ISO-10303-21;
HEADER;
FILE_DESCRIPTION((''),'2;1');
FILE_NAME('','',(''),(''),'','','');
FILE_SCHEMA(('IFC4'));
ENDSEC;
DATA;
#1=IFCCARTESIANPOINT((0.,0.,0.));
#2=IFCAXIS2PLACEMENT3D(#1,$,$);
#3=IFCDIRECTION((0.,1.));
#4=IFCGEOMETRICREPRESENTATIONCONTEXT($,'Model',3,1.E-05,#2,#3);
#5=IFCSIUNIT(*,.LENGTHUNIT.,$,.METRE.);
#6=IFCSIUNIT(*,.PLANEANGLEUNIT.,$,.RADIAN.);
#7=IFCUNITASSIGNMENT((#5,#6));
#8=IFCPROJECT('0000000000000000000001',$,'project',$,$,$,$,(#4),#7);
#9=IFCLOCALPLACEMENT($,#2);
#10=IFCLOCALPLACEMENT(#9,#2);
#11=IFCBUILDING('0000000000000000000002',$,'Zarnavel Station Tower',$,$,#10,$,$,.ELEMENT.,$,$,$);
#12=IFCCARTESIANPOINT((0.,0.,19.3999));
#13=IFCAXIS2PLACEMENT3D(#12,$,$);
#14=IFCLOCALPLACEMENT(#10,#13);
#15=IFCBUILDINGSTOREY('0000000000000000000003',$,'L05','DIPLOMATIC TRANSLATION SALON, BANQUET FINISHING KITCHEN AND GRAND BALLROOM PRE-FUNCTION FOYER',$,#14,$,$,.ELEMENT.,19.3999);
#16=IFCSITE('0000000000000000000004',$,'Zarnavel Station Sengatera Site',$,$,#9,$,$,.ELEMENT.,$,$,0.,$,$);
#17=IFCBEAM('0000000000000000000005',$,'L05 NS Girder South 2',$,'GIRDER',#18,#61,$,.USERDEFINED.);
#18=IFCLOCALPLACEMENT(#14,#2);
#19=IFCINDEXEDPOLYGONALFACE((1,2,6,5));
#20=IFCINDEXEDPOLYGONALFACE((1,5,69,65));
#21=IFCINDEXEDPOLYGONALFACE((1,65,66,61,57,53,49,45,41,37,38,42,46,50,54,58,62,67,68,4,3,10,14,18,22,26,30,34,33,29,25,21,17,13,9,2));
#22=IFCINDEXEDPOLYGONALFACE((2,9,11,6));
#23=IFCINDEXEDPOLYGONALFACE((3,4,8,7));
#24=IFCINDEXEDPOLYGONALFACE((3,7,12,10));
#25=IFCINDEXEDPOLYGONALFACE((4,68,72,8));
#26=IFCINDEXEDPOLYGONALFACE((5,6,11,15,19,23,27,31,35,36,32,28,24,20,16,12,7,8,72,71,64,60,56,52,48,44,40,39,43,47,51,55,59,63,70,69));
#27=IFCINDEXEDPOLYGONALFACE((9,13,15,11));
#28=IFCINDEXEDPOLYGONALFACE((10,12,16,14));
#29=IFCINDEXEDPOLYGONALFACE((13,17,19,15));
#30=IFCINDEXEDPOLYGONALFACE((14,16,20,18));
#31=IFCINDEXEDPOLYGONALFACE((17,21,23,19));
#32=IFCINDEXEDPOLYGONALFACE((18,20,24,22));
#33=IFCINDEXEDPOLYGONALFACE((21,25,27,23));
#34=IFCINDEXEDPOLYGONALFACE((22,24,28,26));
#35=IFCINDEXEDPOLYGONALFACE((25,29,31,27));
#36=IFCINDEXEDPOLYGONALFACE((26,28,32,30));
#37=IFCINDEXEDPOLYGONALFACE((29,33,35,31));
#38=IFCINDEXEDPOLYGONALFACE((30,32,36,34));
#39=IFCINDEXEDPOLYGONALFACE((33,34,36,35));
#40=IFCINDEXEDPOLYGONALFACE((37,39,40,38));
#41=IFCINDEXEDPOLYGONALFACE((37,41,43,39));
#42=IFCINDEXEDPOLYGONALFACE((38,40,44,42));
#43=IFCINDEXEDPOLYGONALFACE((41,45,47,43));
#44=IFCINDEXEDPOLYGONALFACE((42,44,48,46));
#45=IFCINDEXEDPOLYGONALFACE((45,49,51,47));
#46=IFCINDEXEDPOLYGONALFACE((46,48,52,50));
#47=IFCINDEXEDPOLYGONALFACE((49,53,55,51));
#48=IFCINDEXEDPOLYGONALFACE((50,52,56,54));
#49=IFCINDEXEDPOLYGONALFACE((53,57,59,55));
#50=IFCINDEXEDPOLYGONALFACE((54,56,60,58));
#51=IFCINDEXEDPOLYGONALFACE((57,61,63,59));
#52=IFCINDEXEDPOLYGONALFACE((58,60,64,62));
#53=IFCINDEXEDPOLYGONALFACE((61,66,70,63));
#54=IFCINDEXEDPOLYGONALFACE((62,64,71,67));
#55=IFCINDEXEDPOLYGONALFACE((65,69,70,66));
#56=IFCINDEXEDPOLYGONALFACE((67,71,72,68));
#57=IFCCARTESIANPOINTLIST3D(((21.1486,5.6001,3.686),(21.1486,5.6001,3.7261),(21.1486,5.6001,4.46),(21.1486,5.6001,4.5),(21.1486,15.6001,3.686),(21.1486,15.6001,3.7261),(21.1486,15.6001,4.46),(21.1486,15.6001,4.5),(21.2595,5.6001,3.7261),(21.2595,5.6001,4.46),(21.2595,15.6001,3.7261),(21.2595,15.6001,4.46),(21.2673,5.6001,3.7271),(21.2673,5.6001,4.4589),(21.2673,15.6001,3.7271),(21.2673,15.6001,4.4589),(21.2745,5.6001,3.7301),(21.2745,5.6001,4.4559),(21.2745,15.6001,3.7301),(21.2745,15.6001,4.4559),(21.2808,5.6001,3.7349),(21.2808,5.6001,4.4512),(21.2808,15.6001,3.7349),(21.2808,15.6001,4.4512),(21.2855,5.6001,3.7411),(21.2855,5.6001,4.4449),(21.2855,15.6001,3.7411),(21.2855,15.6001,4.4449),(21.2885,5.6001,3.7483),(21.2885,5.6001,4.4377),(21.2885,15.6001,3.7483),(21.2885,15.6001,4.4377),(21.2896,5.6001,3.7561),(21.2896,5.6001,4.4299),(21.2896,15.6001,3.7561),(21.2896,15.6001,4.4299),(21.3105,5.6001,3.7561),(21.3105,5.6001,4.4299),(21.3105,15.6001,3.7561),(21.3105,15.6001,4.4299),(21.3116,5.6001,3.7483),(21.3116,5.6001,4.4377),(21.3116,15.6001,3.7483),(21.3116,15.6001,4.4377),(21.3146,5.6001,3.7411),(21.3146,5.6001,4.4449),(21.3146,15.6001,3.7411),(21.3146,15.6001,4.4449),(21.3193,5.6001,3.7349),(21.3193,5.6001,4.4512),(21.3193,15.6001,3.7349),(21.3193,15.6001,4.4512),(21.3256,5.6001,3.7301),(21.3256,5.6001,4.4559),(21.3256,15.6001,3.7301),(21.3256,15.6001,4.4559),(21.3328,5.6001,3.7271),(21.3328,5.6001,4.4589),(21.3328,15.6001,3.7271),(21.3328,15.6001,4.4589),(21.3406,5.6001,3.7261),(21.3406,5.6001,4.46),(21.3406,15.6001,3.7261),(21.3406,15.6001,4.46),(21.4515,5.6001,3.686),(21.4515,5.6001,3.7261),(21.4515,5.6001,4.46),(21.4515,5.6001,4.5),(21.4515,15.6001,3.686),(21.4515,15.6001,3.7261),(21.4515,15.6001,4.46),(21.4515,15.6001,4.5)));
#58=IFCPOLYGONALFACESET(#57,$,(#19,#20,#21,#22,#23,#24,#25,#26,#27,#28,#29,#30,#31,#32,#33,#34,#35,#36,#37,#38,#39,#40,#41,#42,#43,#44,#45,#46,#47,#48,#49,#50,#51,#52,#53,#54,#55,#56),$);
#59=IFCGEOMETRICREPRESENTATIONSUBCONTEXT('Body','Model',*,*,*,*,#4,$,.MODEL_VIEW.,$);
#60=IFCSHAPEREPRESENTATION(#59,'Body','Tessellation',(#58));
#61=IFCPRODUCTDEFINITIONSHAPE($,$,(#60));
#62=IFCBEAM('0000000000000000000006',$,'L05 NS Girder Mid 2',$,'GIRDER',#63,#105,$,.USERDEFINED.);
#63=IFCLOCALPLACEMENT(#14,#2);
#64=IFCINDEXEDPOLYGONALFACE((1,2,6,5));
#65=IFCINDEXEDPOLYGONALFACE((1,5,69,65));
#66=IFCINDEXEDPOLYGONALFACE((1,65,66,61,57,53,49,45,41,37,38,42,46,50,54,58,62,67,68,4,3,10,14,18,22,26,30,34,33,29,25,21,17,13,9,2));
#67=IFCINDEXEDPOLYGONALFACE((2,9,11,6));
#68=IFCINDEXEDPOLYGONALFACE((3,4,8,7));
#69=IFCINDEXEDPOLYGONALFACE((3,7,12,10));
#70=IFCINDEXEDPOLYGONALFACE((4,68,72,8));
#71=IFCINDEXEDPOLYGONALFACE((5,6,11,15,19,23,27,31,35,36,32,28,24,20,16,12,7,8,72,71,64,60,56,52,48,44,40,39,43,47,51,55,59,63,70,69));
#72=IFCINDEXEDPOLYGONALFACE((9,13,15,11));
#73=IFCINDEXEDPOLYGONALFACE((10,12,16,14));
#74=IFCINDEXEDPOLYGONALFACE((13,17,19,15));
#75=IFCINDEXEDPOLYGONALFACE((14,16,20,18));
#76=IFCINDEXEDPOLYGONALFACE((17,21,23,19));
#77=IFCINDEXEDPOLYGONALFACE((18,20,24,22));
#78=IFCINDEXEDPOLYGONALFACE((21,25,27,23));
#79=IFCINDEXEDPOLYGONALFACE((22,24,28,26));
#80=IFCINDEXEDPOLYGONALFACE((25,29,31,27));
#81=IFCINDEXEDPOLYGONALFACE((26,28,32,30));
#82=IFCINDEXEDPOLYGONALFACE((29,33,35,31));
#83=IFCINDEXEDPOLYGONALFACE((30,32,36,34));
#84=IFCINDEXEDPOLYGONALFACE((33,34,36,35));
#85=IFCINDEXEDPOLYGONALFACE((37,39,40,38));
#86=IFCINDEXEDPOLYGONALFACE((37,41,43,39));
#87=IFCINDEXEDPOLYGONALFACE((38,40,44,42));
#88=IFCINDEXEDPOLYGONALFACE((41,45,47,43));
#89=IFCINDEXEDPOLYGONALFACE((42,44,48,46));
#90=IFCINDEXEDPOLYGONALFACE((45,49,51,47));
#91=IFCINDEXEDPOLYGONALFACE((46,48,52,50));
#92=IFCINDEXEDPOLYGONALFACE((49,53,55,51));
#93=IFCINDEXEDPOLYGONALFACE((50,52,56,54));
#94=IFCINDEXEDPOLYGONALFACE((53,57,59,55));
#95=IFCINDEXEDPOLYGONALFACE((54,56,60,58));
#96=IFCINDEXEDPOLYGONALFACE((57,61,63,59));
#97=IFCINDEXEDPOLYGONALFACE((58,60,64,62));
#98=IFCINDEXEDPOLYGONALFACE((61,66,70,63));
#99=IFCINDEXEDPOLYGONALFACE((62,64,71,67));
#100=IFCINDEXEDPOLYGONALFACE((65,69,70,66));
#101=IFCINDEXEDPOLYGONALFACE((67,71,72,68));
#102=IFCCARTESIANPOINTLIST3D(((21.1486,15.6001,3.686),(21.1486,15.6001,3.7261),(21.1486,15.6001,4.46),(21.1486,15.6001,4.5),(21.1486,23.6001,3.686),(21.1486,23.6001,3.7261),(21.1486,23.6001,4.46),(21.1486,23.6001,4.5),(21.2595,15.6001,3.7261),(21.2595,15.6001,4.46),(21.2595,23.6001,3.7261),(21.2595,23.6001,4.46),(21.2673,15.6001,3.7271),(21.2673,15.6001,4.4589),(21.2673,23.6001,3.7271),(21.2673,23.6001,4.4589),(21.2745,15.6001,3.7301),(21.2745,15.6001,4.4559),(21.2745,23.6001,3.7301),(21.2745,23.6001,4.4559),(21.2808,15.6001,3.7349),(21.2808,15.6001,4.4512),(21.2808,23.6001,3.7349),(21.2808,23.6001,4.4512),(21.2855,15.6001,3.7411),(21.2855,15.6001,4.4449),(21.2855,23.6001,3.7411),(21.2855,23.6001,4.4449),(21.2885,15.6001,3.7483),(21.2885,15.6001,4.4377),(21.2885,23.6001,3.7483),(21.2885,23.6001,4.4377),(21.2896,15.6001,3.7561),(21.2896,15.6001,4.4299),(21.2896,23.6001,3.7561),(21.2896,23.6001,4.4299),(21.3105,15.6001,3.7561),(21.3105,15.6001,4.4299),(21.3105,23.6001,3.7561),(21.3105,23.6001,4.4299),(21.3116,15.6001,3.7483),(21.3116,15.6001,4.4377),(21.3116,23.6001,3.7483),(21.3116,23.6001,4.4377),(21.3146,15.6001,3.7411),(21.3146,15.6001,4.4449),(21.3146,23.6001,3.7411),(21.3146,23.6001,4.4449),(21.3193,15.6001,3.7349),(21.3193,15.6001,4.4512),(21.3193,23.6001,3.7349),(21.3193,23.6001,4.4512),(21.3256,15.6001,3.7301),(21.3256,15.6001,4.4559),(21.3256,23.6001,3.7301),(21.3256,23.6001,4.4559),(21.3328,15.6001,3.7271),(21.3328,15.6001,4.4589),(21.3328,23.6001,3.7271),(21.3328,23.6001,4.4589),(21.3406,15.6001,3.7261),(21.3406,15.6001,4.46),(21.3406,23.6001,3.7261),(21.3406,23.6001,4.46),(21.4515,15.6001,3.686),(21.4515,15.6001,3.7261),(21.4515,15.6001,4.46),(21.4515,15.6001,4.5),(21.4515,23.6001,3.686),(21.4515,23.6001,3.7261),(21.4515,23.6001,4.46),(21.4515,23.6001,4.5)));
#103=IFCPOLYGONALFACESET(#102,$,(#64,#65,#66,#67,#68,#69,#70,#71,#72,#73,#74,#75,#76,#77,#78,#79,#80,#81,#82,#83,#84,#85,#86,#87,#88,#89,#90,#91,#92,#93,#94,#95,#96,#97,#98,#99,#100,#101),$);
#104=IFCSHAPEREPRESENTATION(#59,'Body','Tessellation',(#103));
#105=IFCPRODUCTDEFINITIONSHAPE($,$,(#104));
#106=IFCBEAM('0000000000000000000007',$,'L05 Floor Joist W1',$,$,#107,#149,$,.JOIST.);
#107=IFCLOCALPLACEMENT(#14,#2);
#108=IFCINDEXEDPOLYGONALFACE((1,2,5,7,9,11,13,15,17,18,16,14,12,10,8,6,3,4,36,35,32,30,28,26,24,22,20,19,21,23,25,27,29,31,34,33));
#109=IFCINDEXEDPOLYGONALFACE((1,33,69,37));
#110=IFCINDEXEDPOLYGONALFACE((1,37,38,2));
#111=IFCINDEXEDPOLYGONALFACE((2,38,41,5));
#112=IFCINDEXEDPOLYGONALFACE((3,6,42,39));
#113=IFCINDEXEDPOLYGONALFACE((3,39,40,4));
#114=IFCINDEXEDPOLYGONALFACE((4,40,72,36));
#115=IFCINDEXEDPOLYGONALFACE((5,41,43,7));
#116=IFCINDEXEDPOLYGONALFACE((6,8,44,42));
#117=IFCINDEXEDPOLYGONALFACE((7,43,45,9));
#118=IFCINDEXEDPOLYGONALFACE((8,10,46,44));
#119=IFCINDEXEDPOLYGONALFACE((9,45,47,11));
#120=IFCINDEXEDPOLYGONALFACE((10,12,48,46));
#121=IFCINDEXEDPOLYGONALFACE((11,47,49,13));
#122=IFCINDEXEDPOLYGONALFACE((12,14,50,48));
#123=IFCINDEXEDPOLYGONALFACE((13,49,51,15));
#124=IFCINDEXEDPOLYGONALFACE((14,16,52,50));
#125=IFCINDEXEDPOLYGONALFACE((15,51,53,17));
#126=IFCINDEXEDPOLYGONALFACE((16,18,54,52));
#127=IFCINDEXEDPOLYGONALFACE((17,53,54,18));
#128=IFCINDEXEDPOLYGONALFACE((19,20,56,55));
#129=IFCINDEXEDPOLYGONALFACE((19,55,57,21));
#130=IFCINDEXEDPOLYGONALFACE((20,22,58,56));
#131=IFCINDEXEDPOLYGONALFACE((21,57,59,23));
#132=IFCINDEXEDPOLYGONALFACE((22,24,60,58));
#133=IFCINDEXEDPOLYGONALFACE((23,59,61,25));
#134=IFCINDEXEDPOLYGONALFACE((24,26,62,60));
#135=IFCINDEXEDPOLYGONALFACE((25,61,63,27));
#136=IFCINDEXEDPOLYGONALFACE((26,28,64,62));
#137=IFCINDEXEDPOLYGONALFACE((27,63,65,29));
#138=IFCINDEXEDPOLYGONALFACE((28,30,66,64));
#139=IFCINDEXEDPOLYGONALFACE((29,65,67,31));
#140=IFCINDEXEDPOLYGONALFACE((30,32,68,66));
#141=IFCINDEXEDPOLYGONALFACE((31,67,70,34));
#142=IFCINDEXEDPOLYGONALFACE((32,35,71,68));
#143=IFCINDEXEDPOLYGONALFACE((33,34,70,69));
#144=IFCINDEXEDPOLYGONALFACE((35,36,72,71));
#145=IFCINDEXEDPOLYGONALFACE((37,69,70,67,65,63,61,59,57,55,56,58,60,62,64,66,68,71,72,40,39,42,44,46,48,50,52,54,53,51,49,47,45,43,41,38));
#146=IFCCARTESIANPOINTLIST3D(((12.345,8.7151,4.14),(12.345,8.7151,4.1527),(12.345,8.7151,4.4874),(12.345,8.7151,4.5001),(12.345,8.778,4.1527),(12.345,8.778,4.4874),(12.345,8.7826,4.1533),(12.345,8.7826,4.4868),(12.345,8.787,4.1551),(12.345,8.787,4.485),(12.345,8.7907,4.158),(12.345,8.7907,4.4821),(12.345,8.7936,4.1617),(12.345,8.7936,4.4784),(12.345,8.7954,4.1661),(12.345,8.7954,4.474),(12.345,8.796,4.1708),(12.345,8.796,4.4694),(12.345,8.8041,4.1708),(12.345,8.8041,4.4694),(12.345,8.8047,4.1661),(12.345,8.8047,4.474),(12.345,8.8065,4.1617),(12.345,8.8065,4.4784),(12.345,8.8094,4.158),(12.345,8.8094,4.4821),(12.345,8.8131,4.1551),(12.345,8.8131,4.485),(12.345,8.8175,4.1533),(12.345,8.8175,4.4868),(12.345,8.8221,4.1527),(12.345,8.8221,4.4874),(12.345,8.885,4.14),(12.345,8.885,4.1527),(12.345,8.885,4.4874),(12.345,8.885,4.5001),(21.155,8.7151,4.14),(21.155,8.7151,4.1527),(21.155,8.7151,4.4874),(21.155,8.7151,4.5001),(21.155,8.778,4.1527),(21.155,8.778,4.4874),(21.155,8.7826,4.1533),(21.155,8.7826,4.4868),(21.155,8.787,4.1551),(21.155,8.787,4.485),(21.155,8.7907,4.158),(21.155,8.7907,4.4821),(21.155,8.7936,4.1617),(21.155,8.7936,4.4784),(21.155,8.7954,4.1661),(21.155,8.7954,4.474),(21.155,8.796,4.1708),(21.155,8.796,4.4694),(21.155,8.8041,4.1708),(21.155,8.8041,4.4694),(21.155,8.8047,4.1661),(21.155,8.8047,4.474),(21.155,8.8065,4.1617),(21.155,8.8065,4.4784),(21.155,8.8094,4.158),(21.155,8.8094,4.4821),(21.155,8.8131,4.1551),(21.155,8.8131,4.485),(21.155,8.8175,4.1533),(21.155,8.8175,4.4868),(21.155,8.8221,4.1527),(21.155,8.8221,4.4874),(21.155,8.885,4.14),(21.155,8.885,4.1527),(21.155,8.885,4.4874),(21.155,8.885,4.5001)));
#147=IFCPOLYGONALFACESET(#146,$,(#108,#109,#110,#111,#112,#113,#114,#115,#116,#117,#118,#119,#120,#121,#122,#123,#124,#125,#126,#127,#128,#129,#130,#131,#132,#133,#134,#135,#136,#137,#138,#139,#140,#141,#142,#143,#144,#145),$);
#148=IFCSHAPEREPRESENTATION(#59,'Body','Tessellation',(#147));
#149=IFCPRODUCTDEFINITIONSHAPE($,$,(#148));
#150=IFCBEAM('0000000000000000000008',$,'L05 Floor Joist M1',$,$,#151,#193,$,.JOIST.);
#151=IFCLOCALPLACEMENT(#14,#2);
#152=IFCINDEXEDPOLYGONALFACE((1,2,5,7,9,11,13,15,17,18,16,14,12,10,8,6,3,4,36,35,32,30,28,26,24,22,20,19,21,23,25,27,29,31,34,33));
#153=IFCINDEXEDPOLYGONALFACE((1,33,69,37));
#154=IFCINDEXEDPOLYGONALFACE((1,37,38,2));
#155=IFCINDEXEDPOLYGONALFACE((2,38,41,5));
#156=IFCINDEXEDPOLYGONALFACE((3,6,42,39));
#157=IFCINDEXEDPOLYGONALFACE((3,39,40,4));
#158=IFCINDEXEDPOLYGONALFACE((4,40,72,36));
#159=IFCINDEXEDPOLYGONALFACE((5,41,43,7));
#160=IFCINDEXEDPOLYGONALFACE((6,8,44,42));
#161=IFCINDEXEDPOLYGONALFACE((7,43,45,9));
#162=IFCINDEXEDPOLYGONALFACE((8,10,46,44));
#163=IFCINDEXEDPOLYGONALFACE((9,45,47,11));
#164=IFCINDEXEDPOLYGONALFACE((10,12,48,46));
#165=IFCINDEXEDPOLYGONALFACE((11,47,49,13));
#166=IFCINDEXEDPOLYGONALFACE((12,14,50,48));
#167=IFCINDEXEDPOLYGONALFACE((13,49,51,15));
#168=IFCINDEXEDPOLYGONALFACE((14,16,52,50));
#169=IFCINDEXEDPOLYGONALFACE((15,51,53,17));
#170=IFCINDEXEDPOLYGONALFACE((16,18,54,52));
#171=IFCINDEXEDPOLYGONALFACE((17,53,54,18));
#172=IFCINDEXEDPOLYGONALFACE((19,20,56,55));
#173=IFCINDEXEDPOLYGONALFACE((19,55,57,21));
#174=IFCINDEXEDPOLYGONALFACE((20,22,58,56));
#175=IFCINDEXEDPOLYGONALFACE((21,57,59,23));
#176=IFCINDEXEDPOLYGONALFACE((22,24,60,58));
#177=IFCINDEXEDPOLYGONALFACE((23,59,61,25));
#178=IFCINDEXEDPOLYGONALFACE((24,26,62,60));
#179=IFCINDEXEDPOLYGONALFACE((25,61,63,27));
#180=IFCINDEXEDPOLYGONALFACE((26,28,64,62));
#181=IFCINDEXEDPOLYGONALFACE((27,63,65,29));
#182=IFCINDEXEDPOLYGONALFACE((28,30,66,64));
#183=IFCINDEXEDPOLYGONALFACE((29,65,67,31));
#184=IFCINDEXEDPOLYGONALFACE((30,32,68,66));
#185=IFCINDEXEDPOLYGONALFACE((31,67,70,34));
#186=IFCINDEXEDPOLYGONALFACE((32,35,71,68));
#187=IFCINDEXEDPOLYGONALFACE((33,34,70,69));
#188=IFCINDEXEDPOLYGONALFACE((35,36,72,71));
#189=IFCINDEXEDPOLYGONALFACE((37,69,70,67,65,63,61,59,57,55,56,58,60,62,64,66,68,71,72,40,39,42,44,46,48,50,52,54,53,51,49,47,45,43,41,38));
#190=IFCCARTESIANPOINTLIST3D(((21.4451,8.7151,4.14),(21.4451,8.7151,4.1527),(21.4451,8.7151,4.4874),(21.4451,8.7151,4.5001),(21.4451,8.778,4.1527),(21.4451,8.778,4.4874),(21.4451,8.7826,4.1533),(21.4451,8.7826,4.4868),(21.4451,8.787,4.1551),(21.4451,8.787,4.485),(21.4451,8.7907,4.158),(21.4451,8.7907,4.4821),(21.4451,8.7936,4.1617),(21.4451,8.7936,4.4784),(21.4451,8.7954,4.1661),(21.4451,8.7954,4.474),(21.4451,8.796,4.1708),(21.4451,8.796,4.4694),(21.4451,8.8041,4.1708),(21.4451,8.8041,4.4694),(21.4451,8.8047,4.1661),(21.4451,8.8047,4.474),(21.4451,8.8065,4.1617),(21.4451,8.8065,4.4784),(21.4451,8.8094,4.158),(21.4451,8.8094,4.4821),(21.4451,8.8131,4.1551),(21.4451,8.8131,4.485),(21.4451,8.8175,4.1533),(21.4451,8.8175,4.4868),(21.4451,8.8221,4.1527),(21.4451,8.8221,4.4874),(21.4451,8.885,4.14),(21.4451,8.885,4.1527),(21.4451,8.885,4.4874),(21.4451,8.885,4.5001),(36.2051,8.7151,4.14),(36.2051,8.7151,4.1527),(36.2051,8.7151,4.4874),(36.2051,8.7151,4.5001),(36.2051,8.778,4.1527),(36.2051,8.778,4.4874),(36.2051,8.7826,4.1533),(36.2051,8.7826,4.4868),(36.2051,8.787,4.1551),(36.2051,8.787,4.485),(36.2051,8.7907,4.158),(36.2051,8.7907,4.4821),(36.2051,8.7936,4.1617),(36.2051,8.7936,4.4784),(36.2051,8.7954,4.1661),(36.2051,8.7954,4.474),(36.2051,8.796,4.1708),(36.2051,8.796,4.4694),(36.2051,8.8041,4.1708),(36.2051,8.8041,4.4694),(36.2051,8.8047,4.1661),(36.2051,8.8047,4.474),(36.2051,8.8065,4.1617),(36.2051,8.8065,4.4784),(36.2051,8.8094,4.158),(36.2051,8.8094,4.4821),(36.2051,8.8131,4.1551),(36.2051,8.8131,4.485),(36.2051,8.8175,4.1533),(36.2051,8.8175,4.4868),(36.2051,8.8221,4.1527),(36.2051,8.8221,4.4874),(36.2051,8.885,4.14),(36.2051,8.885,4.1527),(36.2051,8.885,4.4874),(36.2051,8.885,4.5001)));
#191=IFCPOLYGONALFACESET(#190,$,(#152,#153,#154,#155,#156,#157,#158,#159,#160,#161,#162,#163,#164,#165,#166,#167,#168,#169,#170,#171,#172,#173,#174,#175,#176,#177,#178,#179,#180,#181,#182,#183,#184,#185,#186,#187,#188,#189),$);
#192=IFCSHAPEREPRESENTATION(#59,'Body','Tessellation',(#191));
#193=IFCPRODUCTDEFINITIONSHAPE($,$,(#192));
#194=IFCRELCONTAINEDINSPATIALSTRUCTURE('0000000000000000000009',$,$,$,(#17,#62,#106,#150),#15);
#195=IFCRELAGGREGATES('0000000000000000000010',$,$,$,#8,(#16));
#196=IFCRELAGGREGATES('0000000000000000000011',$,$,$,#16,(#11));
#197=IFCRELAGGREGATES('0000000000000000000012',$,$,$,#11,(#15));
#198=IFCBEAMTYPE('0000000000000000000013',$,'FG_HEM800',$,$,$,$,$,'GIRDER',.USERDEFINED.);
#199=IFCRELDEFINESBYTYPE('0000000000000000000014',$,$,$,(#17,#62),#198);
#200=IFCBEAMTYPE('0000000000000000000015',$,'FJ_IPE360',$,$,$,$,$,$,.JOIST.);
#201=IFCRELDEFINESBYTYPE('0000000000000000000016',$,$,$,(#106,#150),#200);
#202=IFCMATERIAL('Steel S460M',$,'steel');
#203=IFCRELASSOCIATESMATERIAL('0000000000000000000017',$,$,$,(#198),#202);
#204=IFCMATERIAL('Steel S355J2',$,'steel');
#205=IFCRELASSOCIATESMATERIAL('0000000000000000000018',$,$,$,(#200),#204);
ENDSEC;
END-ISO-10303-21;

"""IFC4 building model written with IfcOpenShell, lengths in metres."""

from ifc_helpers import new_model, si_unit, direction, frame, origin, origin_2d, place, context, subcontext, project, spatial, i_section, extrude, material, material_profile, profile_set, type_object, element, save


model = new_model("IFC4")

# Units and contexts
model_context = context("Model", 3, precision=1e-05, world=origin(), true_north=direction((0.0, 1.0)))
body_context = subcontext(model_context, "Body", "Model", "MODEL_VIEW")
ifc_project = project(units=[si_unit("LENGTHUNIT", "METRE"), si_unit("PLANEANGLEUNIT", "RADIAN")], contexts=[model_context])

# Site, building, storey
site_placement = place(None, origin())
site = spatial("IfcSite", under=ifc_project, at=site_placement, Name="Zarnavel Station Sengatera Site", CompositionType="ELEMENT", RefElevation=0.0)
building_placement = place(site_placement, origin())
building = spatial("IfcBuilding", under=site, at=building_placement, Name="Zarnavel Station Tower", CompositionType="ELEMENT")
storey_placement = place(building_placement, frame((0.0, 0.0, 19.3999)))
storey = spatial("IfcBuildingStorey", under=building, at=storey_placement, Name="L05", Description="DIPLOMATIC TRANSLATION SALON, BANQUET FINISHING KITCHEN AND GRAND BALLROOM PRE-FUNCTION FOYER", CompositionType="ELEMENT", Elevation=19.3999)

# Beams
ifc_material_1 = material(Name="Steel S460M", Category="steel")
ifc_material_profile_1 = material_profile(ifc_material_1, i_section(OverallWidth=0.303, OverallDepth=0.814, WebThickness=0.021, FlangeThickness=0.04, FilletRadius=0.03, at=origin_2d()), Name="HEM800")
ifc_profile_set_1 = profile_set([ifc_material_profile_1], Name="Steel S460M")
beam_type_1 = type_object("IfcBeamType", Name="FG_HEM800", ElementType="GIRDER", PredefinedType="USERDEFINED", material=ifc_profile_set_1)
beam_1_placement = place(storey_placement, frame((21.3, 5.6001, 4.093), z_axis=(0.0, 1.0, 0.0), x_axis=(-1.0, 0.0, 0.0)))
element("IfcBeam", 1, at=beam_1_placement, inside=storey, type_object=beam_type_1, Name="L05 NS Girder South 2", ObjectType="GIRDER", PredefinedType="USERDEFINED", context=body_context, shape_type="SweptSolid", body=[
    extrude(i_section(OverallWidth=0.303, OverallDepth=0.814, WebThickness=0.021, FlangeThickness=0.04, FilletRadius=0.03, at=origin_2d()), origin(), (0.0, 0.0, 1.0), 10.0),
])
beam_2_placement = place(storey_placement, frame((21.3, 15.6001, 4.093), z_axis=(0.0, 1.0, 0.0), x_axis=(-1.0, 0.0, 0.0)))
element("IfcBeam", 2, at=beam_2_placement, inside=storey, type_object=beam_type_1, Name="L05 NS Girder Mid 2", ObjectType="GIRDER", PredefinedType="USERDEFINED", context=body_context, shape_type="SweptSolid", body=[
    extrude(i_section(OverallWidth=0.303, OverallDepth=0.814, WebThickness=0.021, FlangeThickness=0.04, FilletRadius=0.03, at=origin_2d()), origin(), (0.0, 0.0, 1.0), 8.0),
])
ifc_material_2 = material(Name="Steel S355J2", Category="steel")
ifc_material_profile_2 = material_profile(ifc_material_2, i_section(OverallWidth=0.1699, OverallDepth=0.3601, WebThickness=0.0081, FlangeThickness=0.0127, FilletRadius=0.0181, at=origin_2d()), Name="IPE360")
ifc_profile_set_2 = profile_set([ifc_material_profile_2], Name="Steel S355J2")
beam_type_2 = type_object("IfcBeamType", Name="FJ_IPE360", PredefinedType="JOIST", material=ifc_profile_set_2)
beam_3_placement = place(storey_placement, frame((12.345, 8.8, 4.3201), z_axis=(1.0, 0.0, 0.0), x_axis=(0.0, 1.0, 0.0)))
element("IfcBeam", 3, at=beam_3_placement, inside=storey, type_object=beam_type_2, Name="L05 Floor Joist W1", PredefinedType="JOIST", context=body_context, shape_type="SweptSolid", body=[
    extrude(i_section(OverallWidth=0.1699, OverallDepth=0.3601, WebThickness=0.0081, FlangeThickness=0.0127, FilletRadius=0.0181, at=origin_2d()), origin(), (0.0, 0.0, 1.0), 8.8101),
])
beam_4_placement = place(storey_placement, frame((21.4451, 8.8, 4.3201), z_axis=(1.0, 0.0, 0.0), x_axis=(0.0, 1.0, 0.0)))
element("IfcBeam", 4, at=beam_4_placement, inside=storey, type_object=beam_type_2, Name="L05 Floor Joist M1", PredefinedType="JOIST", context=body_context, shape_type="SweptSolid", body=[
    extrude(i_section(OverallWidth=0.1699, OverallDepth=0.3601, WebThickness=0.0081, FlangeThickness=0.0127, FilletRadius=0.0181, at=origin_2d()), origin(), (0.0, 0.0, 1.0), 14.76),
])

save(model, "model.ifc")
